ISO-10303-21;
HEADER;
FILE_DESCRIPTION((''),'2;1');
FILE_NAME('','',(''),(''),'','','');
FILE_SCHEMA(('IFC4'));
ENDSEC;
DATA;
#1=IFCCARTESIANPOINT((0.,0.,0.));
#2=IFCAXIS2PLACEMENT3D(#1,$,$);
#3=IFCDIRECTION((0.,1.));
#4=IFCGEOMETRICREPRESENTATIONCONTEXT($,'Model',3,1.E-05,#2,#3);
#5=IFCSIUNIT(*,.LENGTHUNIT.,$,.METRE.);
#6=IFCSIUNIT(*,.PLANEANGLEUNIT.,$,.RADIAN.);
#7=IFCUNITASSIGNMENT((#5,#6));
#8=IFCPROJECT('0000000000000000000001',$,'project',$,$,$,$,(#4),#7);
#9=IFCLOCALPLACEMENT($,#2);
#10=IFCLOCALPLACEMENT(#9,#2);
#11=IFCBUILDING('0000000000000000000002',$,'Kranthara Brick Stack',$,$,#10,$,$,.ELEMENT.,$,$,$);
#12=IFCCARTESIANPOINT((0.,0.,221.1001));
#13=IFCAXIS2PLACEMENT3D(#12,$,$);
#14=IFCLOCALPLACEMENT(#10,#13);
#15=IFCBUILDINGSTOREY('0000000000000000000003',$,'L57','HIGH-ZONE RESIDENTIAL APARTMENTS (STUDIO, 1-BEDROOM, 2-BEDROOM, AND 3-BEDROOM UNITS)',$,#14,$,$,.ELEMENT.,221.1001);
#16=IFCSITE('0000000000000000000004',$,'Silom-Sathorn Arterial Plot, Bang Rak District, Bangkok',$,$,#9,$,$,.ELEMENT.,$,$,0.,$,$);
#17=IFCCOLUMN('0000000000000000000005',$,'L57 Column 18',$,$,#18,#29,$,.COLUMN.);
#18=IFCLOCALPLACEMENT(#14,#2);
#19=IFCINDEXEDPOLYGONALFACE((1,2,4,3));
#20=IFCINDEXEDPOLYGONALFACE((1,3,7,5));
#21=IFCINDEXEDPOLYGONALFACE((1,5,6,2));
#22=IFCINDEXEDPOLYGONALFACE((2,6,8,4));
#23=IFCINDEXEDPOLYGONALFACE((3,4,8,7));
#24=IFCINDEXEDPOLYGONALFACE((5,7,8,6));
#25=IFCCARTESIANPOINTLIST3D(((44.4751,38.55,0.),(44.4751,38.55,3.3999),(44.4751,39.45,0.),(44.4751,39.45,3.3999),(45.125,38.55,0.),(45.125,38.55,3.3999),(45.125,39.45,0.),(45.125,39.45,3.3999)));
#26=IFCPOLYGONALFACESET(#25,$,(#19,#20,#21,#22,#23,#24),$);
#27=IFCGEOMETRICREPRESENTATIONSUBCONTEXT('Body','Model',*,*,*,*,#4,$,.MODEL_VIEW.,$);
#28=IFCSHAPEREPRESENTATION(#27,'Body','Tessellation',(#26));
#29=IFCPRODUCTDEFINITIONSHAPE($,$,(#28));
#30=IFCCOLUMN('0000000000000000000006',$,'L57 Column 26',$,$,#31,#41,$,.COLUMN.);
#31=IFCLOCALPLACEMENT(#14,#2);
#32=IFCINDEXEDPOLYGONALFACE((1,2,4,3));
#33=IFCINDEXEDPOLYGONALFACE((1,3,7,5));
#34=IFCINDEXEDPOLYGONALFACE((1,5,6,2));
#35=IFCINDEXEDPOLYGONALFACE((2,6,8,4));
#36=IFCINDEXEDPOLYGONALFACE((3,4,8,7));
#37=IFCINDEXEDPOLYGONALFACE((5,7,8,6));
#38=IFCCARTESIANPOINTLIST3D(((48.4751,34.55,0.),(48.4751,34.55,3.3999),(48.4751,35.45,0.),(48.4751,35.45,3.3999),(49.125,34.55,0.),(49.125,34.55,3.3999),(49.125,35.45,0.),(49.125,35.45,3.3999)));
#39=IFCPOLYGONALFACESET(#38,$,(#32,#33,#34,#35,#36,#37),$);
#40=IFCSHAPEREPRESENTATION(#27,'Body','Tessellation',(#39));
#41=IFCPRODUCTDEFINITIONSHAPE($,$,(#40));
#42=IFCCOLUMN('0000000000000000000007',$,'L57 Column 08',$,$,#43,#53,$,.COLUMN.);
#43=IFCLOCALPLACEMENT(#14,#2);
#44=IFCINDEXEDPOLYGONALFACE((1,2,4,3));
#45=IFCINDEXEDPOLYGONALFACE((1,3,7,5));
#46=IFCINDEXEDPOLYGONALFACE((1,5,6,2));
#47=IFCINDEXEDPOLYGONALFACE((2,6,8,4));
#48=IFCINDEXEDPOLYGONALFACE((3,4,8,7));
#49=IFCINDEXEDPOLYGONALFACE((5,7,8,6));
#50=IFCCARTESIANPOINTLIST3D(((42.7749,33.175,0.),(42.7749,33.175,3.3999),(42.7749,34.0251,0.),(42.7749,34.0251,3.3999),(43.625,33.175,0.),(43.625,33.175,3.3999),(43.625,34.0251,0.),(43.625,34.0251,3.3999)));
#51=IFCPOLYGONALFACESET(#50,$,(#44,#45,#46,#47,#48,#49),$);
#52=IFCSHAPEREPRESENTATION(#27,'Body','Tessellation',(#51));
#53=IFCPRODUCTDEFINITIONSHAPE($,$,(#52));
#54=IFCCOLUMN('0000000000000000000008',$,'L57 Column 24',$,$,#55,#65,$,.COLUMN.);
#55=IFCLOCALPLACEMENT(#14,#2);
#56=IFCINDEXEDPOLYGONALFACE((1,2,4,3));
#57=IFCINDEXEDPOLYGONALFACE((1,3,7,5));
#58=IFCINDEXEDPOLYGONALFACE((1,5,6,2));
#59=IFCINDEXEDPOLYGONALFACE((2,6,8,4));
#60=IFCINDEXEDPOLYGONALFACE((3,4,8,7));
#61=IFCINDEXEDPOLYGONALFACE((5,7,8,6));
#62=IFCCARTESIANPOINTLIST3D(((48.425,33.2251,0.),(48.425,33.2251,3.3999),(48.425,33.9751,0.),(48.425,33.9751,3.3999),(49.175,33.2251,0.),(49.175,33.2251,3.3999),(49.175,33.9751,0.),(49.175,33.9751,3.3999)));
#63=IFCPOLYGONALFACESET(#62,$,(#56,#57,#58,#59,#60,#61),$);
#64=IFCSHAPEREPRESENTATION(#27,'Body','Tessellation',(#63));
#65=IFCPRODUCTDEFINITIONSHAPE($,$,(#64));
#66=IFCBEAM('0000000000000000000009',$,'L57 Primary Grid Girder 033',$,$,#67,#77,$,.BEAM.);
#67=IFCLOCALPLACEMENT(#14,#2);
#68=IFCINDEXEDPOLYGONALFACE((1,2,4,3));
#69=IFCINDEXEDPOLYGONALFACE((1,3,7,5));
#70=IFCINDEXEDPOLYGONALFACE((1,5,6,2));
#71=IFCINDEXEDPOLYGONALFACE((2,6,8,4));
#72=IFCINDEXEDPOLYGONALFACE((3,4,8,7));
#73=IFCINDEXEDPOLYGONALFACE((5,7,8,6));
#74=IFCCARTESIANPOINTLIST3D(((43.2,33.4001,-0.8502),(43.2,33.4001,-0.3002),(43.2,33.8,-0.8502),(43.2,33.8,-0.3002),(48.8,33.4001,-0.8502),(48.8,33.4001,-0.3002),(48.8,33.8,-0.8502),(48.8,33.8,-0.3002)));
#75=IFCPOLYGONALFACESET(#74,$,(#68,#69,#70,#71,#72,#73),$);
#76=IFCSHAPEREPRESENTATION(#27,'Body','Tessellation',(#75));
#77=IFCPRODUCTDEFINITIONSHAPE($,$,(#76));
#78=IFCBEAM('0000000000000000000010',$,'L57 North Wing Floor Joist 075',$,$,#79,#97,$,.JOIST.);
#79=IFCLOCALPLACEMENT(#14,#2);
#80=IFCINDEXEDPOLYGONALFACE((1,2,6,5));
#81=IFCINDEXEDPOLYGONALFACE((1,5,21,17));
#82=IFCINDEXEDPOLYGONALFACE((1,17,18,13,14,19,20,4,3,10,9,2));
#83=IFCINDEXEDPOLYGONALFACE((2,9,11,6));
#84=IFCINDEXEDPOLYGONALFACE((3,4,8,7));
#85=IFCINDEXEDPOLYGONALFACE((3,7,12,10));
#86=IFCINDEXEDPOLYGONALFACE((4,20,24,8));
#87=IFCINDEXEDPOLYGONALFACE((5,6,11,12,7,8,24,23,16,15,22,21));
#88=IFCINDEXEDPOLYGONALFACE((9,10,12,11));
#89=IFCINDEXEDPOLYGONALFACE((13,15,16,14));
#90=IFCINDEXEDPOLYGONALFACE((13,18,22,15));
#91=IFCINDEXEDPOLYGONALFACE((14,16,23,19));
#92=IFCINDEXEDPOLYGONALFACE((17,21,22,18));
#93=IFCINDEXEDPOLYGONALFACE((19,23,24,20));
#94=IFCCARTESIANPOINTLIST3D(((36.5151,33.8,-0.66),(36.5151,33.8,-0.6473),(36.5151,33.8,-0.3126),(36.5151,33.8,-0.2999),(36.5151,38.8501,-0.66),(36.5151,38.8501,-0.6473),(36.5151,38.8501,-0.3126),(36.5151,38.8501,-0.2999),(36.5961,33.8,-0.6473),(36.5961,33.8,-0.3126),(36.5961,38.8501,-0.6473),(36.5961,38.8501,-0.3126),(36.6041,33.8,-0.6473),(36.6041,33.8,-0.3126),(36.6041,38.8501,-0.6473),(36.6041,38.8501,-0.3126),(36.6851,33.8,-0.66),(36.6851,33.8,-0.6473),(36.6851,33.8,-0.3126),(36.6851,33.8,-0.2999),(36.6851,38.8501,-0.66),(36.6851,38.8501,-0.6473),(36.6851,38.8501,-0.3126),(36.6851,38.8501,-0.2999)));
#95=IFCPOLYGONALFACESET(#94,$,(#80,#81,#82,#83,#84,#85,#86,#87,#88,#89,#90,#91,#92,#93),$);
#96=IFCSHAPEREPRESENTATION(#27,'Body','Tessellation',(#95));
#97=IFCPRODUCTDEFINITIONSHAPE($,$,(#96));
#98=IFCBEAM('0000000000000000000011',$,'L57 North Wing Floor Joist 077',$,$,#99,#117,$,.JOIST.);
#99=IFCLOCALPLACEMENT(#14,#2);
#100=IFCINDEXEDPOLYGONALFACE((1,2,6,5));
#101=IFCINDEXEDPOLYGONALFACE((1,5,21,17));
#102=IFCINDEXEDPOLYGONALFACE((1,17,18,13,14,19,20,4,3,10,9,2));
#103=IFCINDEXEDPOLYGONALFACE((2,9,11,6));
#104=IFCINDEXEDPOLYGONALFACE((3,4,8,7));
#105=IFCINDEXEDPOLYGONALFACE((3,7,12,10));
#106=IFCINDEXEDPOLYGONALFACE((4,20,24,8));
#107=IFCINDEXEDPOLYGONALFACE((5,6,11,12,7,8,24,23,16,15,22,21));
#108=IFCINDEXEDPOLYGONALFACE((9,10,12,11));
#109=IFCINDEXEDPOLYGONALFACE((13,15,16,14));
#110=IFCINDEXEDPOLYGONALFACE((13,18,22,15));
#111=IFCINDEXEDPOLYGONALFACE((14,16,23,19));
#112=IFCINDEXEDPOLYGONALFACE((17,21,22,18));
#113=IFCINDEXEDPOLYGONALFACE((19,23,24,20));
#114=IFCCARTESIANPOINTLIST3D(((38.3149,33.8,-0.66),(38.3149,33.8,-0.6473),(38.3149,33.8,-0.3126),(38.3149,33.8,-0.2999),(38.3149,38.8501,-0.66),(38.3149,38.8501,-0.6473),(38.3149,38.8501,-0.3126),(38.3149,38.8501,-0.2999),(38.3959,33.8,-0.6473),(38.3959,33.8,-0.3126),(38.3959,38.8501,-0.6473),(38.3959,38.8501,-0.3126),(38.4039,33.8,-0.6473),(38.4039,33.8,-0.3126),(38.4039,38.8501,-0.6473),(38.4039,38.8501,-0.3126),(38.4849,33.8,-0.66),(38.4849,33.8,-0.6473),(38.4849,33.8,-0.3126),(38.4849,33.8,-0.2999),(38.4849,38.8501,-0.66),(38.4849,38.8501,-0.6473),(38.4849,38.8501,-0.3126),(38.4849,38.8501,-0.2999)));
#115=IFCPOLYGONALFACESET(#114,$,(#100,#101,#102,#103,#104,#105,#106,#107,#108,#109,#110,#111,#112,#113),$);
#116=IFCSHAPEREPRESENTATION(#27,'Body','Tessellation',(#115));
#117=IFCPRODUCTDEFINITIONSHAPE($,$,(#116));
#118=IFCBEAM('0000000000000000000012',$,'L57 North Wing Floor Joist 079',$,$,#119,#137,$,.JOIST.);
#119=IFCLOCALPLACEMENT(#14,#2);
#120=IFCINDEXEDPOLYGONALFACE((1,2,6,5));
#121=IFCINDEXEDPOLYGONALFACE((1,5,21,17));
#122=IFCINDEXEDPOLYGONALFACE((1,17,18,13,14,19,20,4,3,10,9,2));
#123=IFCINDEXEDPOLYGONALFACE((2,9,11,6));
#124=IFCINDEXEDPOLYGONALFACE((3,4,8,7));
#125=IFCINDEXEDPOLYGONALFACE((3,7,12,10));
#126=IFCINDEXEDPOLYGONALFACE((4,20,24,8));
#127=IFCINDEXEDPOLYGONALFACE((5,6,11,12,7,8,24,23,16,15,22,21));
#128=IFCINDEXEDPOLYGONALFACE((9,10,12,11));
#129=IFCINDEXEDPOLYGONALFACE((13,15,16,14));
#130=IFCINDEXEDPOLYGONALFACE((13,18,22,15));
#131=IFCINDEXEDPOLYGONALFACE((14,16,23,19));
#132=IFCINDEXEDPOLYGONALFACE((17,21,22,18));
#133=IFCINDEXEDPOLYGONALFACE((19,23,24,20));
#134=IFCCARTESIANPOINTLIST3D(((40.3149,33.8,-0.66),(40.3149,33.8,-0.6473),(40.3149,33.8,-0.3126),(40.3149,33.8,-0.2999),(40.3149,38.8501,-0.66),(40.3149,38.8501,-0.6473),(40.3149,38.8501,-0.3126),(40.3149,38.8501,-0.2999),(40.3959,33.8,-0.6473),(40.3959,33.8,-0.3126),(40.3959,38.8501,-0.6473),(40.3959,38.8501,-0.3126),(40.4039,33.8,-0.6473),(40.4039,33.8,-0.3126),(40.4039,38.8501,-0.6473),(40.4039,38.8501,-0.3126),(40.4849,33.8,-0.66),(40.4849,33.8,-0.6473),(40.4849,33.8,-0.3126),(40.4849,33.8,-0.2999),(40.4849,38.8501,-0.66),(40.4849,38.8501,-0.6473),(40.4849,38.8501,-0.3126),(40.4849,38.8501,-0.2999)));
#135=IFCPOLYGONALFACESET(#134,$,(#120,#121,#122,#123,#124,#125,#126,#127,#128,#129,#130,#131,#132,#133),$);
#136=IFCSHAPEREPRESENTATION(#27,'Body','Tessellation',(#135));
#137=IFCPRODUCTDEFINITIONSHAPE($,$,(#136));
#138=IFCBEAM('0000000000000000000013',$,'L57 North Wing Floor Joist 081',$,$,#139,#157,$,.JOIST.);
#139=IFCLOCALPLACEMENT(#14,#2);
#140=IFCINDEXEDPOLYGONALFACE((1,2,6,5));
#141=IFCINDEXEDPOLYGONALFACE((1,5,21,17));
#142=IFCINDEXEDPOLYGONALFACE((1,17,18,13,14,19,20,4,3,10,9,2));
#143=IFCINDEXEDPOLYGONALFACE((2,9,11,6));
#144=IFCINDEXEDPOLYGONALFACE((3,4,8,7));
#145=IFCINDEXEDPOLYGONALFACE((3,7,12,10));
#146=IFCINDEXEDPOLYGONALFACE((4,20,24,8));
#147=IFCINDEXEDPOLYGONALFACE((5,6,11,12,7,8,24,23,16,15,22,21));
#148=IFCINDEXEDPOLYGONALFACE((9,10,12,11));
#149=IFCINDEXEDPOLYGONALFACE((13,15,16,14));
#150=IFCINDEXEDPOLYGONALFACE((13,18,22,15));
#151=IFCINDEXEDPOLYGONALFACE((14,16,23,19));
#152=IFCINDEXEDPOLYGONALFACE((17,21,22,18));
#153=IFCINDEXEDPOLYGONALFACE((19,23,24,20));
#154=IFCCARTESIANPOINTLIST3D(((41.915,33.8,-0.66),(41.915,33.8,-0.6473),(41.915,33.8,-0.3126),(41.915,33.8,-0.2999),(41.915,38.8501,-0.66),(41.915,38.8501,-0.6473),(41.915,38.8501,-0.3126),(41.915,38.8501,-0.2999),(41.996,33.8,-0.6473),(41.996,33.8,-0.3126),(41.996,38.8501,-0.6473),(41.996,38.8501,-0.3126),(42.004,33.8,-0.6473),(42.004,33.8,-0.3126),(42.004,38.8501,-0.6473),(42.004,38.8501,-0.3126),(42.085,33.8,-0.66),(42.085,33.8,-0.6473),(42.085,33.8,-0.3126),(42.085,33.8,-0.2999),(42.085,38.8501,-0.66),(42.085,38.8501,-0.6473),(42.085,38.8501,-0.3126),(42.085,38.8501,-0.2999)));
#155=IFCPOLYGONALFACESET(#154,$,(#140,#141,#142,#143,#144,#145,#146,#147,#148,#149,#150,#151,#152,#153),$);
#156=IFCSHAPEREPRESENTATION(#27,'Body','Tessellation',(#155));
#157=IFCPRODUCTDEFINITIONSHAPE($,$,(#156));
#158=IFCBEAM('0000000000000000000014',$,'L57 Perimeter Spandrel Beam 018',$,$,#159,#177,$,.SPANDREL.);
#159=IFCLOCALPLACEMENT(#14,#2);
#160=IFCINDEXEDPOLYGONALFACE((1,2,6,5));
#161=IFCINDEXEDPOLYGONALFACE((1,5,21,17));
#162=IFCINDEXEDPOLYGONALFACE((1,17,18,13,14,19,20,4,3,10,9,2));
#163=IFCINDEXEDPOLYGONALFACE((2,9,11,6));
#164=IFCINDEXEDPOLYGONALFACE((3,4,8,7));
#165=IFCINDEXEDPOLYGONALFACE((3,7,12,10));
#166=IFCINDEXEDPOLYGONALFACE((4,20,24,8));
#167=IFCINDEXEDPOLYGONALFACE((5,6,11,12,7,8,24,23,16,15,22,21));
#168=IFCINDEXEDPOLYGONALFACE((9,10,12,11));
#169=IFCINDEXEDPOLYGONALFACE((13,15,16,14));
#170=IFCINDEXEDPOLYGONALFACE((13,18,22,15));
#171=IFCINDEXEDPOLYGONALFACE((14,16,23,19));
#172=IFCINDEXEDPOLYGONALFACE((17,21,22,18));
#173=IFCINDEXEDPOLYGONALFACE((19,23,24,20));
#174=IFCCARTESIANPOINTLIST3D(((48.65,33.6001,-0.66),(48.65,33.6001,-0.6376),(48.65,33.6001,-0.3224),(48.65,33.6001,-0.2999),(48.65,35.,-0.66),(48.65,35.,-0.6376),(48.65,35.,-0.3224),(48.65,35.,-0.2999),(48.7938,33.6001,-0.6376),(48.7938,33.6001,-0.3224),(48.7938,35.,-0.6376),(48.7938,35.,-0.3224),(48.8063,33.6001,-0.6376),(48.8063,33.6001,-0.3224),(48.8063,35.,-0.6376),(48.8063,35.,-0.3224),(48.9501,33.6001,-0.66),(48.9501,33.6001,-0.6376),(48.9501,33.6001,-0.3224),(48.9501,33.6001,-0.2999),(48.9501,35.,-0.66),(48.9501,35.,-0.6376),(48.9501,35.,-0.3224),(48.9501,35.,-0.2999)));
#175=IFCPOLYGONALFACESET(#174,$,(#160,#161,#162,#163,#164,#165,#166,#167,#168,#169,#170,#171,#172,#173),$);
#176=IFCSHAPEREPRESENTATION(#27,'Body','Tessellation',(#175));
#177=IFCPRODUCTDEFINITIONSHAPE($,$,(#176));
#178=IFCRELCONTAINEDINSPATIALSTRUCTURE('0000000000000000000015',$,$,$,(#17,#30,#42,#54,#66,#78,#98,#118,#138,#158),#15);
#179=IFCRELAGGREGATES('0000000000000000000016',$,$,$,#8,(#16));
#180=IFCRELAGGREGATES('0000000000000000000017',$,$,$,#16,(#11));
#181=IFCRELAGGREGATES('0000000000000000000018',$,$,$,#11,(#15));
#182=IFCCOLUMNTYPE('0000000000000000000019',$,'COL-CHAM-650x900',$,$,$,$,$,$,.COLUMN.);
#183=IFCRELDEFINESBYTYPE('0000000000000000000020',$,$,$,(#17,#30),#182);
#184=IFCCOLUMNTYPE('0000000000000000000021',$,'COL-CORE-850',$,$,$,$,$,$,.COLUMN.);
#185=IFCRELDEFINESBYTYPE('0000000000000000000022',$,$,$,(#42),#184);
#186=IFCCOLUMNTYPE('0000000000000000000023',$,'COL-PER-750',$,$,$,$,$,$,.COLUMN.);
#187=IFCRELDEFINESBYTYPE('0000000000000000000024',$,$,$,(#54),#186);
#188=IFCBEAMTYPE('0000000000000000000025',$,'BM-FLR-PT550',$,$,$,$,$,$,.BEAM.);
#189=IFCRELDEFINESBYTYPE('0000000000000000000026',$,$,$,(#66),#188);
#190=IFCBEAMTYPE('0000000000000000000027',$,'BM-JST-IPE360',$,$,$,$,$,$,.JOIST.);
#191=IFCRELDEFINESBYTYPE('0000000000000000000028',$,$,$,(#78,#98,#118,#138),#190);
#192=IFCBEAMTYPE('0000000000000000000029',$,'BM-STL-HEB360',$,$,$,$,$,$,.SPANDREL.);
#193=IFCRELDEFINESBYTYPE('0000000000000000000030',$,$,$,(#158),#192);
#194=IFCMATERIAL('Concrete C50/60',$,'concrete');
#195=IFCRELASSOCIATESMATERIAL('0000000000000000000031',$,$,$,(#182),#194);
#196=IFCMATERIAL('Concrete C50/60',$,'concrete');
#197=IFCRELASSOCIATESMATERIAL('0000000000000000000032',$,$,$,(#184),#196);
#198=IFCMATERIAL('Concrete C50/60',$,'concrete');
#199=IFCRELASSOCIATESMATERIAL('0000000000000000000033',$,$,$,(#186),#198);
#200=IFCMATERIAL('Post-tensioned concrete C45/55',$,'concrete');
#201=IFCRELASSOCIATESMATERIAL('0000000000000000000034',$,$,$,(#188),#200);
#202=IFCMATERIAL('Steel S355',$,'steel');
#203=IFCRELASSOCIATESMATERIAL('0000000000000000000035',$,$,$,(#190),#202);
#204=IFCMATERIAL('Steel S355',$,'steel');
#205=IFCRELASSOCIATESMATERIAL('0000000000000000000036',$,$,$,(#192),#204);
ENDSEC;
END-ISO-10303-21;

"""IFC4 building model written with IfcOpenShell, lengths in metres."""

from ifc_helpers import new_model, si_unit, direction, frame, origin, origin_2d, place, context, subcontext, project, spatial, rectangle, i_section, extrude, material, material_profile, profile_set, type_object, element, save


model = new_model("IFC4")

# Units and contexts
model_context = context("Model", 3, precision=1e-05, world=origin(), true_north=direction((0.0, 1.0)))
body_context = subcontext(model_context, "Body", "Model", "MODEL_VIEW")
ifc_project = project(units=[si_unit("LENGTHUNIT", "METRE"), si_unit("PLANEANGLEUNIT", "RADIAN")], contexts=[model_context])

# Site, building, storey
site_placement = place(None, origin())
site = spatial("IfcSite", under=ifc_project, at=site_placement, Name="Silom-Sathorn Arterial Plot, Bang Rak District, Bangkok", CompositionType="ELEMENT", RefElevation=0.0)
building_placement = place(site_placement, origin())
building = spatial("IfcBuilding", under=site, at=building_placement, Name="Kranthara Brick Stack", CompositionType="ELEMENT")
storey_placement = place(building_placement, frame((0.0, 0.0, 221.1001)))
storey = spatial("IfcBuildingStorey", under=building, at=storey_placement, Name="L57", Description="HIGH-ZONE RESIDENTIAL APARTMENTS (STUDIO, 1-BEDROOM, 2-BEDROOM, AND 3-BEDROOM UNITS)", CompositionType="ELEMENT", Elevation=221.1001)

# Columns
ifc_material_1 = material(Name="Concrete C50/60", Category="concrete")
ifc_material_profile_1 = material_profile(ifc_material_1, rectangle(XDim=0.6499, YDim=0.8999, at=origin_2d()), Name="RC 650x900")
ifc_profile_set_1 = profile_set([ifc_material_profile_1], Name="Concrete C50/60")
column_type_1 = type_object("IfcColumnType", Name="COL-CHAM-650x900", PredefinedType="COLUMN", material=ifc_profile_set_1)
for number, where, z_axis, x_axis, name in (
    (1, (44.8, 39.0, 0.0), (0.0, 0.0, 1.0), (1.0, 0.0, 0.0), "L57 Column 18"),
    (2, (48.8, 35.0, 0.0), (0.0, 0.0, 1.0), (1.0, 0.0, 0.0), "L57 Column 26"),
):
    element("IfcColumn", number, at=place(storey_placement, frame(where, z_axis=z_axis, x_axis=x_axis)), inside=storey, type_object=column_type_1, Name=name, PredefinedType="COLUMN", context=body_context, shape_type="SweptSolid", body=[
        extrude(rectangle(XDim=0.6499, YDim=0.8999, at=origin_2d()), origin(), (0.0, 0.0, 1.0), 3.3999),
    ])
ifc_material_2 = material(Name="Concrete C50/60", Category="concrete")
ifc_material_profile_2 = material_profile(ifc_material_2, rectangle(XDim=0.8501, YDim=0.8501, at=origin_2d()), Name="RC 850x850")
ifc_profile_set_2 = profile_set([ifc_material_profile_2], Name="Concrete C50/60")
column_type_2 = type_object("IfcColumnType", Name="COL-CORE-850", PredefinedType="COLUMN", material=ifc_profile_set_2)
column_1_placement = place(storey_placement, frame((43.2, 33.6001, 0.0), z_axis=(0.0, 0.0, 1.0), x_axis=(1.0, 0.0, 0.0)))
element("IfcColumn", 3, at=column_1_placement, inside=storey, type_object=column_type_2, Name="L57 Column 08", PredefinedType="COLUMN", context=body_context, shape_type="SweptSolid", body=[
    extrude(rectangle(XDim=0.8501, YDim=0.8501, at=origin_2d()), origin(), (0.0, 0.0, 1.0), 3.3999),
])
ifc_material_3 = material(Name="Concrete C50/60", Category="concrete")
ifc_material_profile_3 = material_profile(ifc_material_3, rectangle(XDim=0.75, YDim=0.75, at=origin_2d()), Name="RC 750x750")
ifc_profile_set_3 = profile_set([ifc_material_profile_3], Name="Concrete C50/60")
column_type_3 = type_object("IfcColumnType", Name="COL-PER-750", PredefinedType="COLUMN", material=ifc_profile_set_3)
column_2_placement = place(storey_placement, frame((48.8, 33.6001, 0.0), z_axis=(0.0, 0.0, 1.0), x_axis=(1.0, 0.0, 0.0)))
element("IfcColumn", 4, at=column_2_placement, inside=storey, type_object=column_type_3, Name="L57 Column 24", PredefinedType="COLUMN", context=body_context, shape_type="SweptSolid", body=[
    extrude(rectangle(XDim=0.75, YDim=0.75, at=origin_2d()), origin(), (0.0, 0.0, 1.0), 3.3999),
])

# Beams
ifc_material_4 = material(Name="Post-tensioned concrete C45/55", Category="concrete")
ifc_material_profile_4 = material_profile(ifc_material_4, rectangle(XDim=0.3999, YDim=0.55, at=origin_2d()), Name="PT 400x550")
ifc_profile_set_4 = profile_set([ifc_material_profile_4], Name="Post-tensioned concrete C45/55")
beam_type_1 = type_object("IfcBeamType", Name="BM-FLR-PT550", PredefinedType="BEAM", material=ifc_profile_set_4)
beam_1_placement = place(storey_placement, frame((43.2, 33.6001, -0.5752), z_axis=(1.0, 0.0, 0.0), x_axis=(0.0, 1.0, 0.0)))
element("IfcBeam", 5, at=beam_1_placement, inside=storey, type_object=beam_type_1, Name="L57 Primary Grid Girder 033", PredefinedType="BEAM", context=body_context, shape_type="SweptSolid", body=[
    extrude(rectangle(XDim=0.3999, YDim=0.55, at=origin_2d()), origin(), (0.0, 0.0, 1.0), 5.6001),
])
ifc_material_5 = material(Name="Steel S355", Category="steel")
ifc_material_profile_5 = material_profile(ifc_material_5, i_section(OverallWidth=0.1699, OverallDepth=0.3601, WebThickness=0.0081, FlangeThickness=0.0127, at=origin_2d()), Name="IPE 360")
ifc_profile_set_5 = profile_set([ifc_material_profile_5], Name="Steel S355")
beam_type_2 = type_object("IfcBeamType", Name="BM-JST-IPE360", PredefinedType="JOIST", material=ifc_profile_set_5)
for number, where, z_axis, x_axis, name in (
    (6, (36.6001, 33.8, -0.48), (0.0, 1.0, 0.0), (-1.0, 0.0, 0.0), "L57 North Wing Floor Joist 075"),
    (7, (38.3999, 33.8, -0.48), (0.0, 1.0, 0.0), (-1.0, 0.0, 0.0), "L57 North Wing Floor Joist 077"),
    (8, (40.3999, 33.8, -0.48), (0.0, 1.0, 0.0), (-1.0, 0.0, 0.0), "L57 North Wing Floor Joist 079"),
    (9, (42.0, 33.8, -0.48), (0.0, 1.0, 0.0), (-1.0, 0.0, 0.0), "L57 North Wing Floor Joist 081"),
):
    element("IfcBeam", number, at=place(storey_placement, frame(where, z_axis=z_axis, x_axis=x_axis)), inside=storey, type_object=beam_type_2, Name=name, PredefinedType="JOIST", context=body_context, shape_type="SweptSolid", body=[
        extrude(i_section(OverallWidth=0.1699, OverallDepth=0.3601, WebThickness=0.0081, FlangeThickness=0.0127, at=origin_2d()), origin(), (0.0, 0.0, 1.0), 5.05),
    ])
ifc_material_6 = material(Name="Steel S355", Category="steel")
ifc_material_profile_6 = material_profile(ifc_material_6, i_section(OverallWidth=0.3, OverallDepth=0.3601, WebThickness=0.0125, FlangeThickness=0.0225, at=origin_2d()), Name="HEB 360")
ifc_profile_set_6 = profile_set([ifc_material_profile_6], Name="Steel S355")
beam_type_3 = type_object("IfcBeamType", Name="BM-STL-HEB360", PredefinedType="SPANDREL", material=ifc_profile_set_6)
beam_2_placement = place(storey_placement, frame((48.8, 33.6001, -0.48), z_axis=(0.0, 1.0, 0.0), x_axis=(-1.0, 0.0, 0.0)))
element("IfcBeam", 10, at=beam_2_placement, inside=storey, type_object=beam_type_3, Name="L57 Perimeter Spandrel Beam 018", PredefinedType="SPANDREL", context=body_context, shape_type="SweptSolid", body=[
    extrude(i_section(OverallWidth=0.3, OverallDepth=0.3601, WebThickness=0.0125, FlangeThickness=0.0225, at=origin_2d()), origin(), (0.0, 0.0, 1.0), 1.3999),
])

save(model, "model.ifc")
